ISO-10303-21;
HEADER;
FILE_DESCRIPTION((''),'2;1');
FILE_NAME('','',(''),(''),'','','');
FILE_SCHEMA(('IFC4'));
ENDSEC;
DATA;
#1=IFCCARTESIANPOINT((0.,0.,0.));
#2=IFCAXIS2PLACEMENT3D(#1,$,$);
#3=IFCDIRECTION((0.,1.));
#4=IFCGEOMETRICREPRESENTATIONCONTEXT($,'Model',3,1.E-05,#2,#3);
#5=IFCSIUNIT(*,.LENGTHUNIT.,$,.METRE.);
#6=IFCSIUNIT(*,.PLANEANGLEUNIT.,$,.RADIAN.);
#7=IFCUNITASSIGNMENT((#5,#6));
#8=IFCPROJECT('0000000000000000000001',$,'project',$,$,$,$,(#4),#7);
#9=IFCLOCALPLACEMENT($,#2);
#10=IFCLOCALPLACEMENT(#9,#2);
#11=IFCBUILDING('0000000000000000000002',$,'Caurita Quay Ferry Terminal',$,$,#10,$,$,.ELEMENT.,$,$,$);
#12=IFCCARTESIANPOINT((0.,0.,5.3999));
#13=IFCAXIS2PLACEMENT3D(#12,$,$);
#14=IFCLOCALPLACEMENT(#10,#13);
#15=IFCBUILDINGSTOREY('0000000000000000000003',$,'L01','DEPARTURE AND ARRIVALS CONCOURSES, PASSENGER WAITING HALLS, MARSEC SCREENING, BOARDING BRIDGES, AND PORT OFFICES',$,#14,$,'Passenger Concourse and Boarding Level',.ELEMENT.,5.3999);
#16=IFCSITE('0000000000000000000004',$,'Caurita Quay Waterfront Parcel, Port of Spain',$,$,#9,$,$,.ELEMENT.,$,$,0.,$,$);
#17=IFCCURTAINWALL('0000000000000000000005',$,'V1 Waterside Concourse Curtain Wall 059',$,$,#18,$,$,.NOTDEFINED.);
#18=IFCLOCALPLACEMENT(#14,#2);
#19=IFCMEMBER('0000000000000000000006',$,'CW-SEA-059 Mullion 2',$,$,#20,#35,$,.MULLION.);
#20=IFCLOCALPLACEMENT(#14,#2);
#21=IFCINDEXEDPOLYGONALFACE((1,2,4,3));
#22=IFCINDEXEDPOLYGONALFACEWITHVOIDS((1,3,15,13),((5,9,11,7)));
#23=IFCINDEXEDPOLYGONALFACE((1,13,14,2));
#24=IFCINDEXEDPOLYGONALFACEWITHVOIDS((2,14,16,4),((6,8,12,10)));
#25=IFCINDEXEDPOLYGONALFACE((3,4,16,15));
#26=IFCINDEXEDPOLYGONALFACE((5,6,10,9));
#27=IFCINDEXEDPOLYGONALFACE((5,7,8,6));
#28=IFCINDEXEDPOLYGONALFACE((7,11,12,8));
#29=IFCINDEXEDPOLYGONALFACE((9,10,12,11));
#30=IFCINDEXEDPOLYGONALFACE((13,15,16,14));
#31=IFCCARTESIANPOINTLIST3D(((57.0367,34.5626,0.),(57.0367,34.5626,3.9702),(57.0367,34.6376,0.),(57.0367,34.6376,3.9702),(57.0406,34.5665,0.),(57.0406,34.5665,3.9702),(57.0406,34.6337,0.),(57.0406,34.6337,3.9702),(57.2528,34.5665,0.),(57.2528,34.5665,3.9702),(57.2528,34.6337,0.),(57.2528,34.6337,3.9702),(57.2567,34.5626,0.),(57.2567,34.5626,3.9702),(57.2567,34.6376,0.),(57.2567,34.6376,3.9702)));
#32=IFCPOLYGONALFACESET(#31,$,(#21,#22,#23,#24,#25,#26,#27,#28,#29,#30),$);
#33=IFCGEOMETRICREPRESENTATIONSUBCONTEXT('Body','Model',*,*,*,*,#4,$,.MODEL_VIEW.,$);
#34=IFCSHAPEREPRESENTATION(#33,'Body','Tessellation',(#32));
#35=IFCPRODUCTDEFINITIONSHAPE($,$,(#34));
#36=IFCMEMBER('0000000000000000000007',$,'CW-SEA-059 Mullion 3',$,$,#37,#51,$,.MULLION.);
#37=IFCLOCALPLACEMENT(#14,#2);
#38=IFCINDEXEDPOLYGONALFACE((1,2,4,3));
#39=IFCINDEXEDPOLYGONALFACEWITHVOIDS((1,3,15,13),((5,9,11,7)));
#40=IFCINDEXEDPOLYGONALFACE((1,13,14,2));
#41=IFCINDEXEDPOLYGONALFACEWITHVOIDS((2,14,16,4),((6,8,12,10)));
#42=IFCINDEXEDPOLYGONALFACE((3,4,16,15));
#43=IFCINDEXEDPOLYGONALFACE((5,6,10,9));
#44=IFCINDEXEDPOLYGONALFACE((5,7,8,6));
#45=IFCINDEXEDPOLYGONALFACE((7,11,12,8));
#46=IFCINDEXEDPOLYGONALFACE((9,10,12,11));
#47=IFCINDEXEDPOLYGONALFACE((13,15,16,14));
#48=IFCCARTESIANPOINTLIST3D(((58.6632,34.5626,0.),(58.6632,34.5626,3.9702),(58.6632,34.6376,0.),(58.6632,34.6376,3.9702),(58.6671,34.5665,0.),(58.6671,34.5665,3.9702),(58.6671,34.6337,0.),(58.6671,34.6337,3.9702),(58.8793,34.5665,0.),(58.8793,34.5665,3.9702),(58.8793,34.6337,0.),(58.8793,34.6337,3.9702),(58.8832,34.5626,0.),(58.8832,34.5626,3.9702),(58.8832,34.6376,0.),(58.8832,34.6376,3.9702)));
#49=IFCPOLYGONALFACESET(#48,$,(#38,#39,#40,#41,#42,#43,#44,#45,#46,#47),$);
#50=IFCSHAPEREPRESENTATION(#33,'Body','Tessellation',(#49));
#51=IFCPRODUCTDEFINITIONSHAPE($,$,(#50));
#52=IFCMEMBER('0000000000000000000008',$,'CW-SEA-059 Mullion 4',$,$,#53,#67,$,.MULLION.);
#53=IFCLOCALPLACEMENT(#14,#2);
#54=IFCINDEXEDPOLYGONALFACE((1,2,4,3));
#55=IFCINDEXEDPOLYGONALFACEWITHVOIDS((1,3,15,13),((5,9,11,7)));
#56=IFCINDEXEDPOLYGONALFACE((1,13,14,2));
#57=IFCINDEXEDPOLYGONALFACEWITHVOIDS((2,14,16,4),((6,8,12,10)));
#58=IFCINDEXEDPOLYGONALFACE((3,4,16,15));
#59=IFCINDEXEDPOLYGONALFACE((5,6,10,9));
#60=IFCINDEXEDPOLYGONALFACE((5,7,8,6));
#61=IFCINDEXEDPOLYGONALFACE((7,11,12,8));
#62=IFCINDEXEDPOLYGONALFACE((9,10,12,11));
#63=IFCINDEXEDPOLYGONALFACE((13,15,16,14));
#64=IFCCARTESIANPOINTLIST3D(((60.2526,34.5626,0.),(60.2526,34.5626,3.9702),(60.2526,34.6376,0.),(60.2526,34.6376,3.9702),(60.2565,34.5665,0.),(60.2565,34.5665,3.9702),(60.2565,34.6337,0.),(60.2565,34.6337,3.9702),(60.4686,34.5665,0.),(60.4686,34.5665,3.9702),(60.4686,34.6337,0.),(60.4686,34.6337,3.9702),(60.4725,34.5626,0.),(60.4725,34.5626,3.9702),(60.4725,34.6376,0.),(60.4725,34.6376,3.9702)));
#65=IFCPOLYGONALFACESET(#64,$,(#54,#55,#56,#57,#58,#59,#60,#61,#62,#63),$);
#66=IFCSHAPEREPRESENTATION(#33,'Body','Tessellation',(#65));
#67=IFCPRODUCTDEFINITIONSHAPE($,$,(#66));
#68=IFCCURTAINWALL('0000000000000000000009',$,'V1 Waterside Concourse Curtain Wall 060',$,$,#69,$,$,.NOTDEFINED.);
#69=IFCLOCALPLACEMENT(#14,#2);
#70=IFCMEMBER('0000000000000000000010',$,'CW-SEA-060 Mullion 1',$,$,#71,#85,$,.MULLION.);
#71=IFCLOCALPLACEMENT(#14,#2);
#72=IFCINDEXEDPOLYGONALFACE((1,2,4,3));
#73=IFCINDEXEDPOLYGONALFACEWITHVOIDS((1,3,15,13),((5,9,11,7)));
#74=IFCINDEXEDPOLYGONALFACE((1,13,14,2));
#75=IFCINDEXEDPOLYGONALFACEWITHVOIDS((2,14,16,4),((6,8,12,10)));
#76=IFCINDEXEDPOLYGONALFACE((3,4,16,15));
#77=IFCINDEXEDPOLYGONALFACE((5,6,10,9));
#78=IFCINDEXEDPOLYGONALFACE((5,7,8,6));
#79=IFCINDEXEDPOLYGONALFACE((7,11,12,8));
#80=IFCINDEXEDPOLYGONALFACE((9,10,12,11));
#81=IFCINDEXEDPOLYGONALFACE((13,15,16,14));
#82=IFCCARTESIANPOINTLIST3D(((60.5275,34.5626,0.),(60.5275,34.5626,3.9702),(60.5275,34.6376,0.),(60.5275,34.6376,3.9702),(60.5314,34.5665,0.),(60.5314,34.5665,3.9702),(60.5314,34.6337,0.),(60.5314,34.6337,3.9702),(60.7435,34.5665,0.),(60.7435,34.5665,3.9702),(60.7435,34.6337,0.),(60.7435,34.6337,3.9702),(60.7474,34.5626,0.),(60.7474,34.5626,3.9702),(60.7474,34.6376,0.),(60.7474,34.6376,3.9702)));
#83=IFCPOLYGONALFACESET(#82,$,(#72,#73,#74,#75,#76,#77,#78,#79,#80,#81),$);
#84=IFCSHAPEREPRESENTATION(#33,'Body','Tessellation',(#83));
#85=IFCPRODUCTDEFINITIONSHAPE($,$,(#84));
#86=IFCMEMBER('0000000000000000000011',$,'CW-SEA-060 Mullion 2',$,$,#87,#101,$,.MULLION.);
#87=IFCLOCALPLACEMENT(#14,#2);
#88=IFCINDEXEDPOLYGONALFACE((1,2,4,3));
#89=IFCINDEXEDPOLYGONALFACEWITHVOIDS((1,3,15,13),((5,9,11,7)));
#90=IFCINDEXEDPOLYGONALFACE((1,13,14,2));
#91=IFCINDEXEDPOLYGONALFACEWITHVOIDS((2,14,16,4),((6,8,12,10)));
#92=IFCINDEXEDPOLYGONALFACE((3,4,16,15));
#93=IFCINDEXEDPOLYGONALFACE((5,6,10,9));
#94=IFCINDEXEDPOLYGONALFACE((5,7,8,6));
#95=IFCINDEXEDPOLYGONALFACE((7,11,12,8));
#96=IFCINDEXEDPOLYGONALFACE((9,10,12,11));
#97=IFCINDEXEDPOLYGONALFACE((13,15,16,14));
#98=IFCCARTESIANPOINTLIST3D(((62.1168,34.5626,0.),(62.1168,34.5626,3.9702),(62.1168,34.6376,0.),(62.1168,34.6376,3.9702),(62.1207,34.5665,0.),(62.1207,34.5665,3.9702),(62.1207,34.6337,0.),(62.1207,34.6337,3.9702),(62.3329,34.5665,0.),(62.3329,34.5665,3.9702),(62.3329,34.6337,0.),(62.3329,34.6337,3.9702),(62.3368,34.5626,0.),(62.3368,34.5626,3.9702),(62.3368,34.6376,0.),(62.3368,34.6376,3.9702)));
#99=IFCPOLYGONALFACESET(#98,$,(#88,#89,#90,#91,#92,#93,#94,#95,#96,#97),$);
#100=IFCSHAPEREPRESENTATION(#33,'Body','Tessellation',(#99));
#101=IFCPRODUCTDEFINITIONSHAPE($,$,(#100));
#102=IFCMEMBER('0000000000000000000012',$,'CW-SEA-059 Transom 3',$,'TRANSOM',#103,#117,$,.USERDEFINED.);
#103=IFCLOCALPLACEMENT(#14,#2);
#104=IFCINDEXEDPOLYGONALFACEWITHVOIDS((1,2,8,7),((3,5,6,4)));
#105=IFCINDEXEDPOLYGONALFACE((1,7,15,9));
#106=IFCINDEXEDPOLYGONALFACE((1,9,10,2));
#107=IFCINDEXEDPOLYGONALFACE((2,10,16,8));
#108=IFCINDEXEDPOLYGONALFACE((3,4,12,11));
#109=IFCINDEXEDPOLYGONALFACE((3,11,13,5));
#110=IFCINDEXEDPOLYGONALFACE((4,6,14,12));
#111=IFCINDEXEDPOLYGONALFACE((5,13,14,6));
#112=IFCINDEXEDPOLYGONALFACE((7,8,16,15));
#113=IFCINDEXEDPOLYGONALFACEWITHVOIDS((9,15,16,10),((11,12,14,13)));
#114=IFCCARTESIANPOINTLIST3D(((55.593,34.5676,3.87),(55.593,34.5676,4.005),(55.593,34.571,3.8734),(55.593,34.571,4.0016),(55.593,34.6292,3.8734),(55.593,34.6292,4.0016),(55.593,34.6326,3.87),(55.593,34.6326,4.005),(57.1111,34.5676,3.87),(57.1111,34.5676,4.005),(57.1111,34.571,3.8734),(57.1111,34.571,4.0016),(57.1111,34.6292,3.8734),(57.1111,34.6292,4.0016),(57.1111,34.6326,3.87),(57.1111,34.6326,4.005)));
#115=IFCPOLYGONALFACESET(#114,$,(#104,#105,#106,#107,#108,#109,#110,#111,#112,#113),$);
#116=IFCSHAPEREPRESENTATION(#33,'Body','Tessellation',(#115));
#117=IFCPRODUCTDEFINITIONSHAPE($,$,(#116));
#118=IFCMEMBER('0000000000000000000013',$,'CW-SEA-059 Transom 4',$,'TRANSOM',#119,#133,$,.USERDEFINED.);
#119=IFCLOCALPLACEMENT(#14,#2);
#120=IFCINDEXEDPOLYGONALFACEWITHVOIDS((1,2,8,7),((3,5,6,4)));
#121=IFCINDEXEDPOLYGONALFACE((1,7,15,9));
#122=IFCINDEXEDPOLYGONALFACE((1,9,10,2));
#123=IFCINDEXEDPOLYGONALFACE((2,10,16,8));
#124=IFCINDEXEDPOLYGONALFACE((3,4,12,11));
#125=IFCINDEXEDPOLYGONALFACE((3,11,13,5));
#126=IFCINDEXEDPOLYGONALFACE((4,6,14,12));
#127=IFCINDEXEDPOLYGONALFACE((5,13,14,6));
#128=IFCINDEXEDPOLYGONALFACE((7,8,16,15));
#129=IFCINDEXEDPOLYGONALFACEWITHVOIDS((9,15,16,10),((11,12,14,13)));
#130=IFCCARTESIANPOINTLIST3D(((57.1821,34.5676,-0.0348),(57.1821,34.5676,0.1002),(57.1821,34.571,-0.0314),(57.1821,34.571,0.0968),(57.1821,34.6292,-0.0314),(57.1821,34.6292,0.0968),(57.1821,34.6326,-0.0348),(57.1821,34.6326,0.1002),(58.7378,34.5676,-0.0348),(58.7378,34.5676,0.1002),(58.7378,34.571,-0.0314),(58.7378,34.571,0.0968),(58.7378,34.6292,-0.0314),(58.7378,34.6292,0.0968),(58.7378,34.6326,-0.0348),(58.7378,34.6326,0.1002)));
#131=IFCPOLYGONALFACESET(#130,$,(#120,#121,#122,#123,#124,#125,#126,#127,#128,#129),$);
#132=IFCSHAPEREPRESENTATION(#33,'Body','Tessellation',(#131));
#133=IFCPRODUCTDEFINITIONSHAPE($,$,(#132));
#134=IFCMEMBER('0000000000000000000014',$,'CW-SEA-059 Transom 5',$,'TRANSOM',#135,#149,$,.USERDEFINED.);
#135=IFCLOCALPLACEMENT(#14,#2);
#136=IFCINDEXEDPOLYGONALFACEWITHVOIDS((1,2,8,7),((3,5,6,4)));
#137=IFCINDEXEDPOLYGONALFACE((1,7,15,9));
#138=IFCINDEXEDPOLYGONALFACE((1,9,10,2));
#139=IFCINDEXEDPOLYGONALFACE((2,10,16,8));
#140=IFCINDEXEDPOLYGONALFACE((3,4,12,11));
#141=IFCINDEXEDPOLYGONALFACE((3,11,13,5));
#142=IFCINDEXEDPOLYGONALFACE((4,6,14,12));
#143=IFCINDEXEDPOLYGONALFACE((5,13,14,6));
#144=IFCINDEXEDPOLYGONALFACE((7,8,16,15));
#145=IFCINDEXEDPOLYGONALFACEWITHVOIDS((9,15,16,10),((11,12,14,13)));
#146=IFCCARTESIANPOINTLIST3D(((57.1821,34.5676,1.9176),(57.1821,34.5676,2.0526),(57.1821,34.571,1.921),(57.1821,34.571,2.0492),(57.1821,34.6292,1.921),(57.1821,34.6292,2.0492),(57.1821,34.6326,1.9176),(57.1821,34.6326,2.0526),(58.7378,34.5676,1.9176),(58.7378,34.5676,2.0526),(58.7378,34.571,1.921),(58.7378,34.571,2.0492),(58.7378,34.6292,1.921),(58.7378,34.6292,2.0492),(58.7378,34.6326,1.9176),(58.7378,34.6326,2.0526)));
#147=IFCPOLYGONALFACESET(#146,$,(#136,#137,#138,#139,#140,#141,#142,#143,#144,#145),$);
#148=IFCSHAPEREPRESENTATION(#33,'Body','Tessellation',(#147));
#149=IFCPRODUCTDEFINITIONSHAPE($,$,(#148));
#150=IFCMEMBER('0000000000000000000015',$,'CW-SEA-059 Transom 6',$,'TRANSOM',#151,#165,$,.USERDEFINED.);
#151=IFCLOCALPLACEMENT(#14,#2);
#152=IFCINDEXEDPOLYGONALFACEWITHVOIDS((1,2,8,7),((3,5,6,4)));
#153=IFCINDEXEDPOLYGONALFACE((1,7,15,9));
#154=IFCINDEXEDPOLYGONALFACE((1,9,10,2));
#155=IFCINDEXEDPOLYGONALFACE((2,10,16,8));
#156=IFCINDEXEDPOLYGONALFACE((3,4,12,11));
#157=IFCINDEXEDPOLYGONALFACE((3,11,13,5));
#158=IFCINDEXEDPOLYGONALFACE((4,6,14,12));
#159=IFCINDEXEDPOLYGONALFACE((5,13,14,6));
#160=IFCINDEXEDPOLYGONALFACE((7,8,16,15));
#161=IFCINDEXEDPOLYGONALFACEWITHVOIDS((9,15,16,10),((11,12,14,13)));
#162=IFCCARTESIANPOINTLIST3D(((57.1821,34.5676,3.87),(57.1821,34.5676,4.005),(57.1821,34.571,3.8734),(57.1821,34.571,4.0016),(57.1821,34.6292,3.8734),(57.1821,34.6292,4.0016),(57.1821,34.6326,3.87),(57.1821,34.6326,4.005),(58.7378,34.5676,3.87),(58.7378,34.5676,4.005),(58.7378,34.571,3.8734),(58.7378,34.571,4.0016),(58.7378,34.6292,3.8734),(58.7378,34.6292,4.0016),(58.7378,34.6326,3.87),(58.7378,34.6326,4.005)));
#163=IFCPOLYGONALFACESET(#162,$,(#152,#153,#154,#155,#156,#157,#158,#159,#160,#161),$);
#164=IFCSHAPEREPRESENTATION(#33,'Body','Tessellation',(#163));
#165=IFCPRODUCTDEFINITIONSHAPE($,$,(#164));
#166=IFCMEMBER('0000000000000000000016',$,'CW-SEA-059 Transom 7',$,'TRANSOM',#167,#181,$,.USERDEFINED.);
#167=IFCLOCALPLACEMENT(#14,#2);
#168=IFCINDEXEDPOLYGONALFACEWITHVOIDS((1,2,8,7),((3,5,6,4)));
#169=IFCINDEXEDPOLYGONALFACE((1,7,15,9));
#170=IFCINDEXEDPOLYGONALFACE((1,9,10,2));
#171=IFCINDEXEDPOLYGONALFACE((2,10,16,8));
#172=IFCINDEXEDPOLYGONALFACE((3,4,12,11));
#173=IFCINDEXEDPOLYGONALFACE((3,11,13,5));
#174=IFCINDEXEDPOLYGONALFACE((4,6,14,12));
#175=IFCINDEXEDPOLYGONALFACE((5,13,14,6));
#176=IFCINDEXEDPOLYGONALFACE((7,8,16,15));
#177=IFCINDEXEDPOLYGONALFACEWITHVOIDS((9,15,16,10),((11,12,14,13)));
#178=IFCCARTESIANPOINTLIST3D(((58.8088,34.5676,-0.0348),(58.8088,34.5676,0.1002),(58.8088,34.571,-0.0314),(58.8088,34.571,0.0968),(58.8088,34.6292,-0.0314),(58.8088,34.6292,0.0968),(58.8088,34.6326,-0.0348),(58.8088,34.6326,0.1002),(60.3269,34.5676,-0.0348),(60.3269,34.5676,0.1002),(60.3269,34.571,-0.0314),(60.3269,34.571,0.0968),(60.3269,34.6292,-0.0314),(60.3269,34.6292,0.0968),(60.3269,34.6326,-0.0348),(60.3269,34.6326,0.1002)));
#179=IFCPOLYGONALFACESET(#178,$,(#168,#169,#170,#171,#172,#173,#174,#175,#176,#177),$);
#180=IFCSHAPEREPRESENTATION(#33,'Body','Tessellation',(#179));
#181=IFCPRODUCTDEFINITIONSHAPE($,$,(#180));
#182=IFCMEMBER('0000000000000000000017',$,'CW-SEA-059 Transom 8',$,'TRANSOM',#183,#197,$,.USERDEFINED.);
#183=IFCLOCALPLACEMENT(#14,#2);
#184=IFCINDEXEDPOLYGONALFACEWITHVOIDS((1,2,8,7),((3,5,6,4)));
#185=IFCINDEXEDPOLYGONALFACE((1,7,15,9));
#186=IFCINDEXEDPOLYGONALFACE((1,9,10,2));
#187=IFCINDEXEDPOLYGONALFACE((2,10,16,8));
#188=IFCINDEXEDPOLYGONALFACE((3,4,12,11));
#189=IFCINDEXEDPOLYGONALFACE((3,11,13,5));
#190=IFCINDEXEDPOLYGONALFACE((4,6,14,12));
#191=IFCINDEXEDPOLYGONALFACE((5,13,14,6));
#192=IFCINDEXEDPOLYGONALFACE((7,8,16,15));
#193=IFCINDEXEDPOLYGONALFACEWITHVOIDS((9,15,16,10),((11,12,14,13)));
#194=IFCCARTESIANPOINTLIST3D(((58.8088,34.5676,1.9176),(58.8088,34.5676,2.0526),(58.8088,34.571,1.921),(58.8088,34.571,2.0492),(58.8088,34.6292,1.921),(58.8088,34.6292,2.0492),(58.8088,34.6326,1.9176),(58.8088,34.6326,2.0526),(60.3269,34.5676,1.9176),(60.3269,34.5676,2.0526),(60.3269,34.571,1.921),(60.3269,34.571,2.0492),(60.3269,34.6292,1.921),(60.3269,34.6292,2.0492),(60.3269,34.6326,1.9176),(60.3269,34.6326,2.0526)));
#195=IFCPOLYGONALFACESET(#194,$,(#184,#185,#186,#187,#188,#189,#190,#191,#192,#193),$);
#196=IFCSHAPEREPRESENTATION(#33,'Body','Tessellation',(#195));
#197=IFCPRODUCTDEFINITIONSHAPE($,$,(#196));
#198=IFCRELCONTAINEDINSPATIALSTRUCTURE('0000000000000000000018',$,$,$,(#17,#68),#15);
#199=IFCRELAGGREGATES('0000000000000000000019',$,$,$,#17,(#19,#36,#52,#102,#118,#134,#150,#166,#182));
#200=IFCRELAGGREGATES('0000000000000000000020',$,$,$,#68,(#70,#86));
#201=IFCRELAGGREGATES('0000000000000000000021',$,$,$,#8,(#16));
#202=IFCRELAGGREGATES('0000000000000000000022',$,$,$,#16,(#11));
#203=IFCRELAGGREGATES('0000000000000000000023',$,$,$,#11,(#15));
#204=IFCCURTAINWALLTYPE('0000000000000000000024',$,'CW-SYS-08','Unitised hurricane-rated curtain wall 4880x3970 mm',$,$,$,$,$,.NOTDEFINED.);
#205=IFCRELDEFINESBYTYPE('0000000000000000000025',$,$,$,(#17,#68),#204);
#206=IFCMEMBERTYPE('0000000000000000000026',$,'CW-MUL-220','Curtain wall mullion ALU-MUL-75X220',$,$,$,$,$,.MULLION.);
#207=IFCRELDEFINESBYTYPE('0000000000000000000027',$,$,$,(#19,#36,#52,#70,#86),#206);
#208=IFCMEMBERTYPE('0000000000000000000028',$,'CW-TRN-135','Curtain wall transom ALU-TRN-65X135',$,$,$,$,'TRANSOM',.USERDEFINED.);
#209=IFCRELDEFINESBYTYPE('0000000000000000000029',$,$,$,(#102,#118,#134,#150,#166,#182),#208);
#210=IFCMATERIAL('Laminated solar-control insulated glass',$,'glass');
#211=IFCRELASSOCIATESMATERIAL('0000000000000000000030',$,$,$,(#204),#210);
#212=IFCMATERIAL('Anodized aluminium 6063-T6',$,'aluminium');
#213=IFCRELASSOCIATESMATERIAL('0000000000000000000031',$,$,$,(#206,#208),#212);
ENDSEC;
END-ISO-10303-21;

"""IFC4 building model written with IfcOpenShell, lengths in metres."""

from ifc_helpers import new_model, si_unit, direction, frame, origin, origin_2d, place, context, subcontext, project, spatial, hollow_rectangle, extrude, material, material_profile, profile_set, type_object, element, aggregate, save


model = new_model("IFC4")

# Units and contexts
model_context = context("Model", 3, precision=1e-05, world=origin(), true_north=direction((0.0, 1.0)))
body_context = subcontext(model_context, "Body", "Model", "MODEL_VIEW")
ifc_project = project(units=[si_unit("LENGTHUNIT", "METRE"), si_unit("PLANEANGLEUNIT", "RADIAN")], contexts=[model_context])

# Site, building, storey
site_placement = place(None, origin())
site = spatial("IfcSite", under=ifc_project, at=site_placement, Name="Caurita Quay Waterfront Parcel, Port of Spain", CompositionType="ELEMENT", RefElevation=0.0)
building_placement = place(site_placement, origin())
building = spatial("IfcBuilding", under=site, at=building_placement, Name="Caurita Quay Ferry Terminal", CompositionType="ELEMENT")
storey_placement = place(building_placement, frame((0.0, 0.0, 5.3999)))
storey = spatial("IfcBuildingStorey", under=building, at=storey_placement, Name="L01", Description="DEPARTURE AND ARRIVALS CONCOURSES, PASSENGER WAITING HALLS, MARSEC SCREENING, BOARDING BRIDGES, AND PORT OFFICES", LongName="Passenger Concourse and Boarding Level", CompositionType="ELEMENT", Elevation=5.3999)

# Curtain walls, members
ifc_material_1 = material(Name="Laminated solar-control insulated glass", Category="glass")
curtain_wall_type = type_object("IfcCurtainWallType", Name="CW-SYS-08", Description="Unitised hurricane-rated curtain wall 4880x3970 mm", PredefinedType="NOTDEFINED", material=ifc_material_1)
curtain_wall_1_placement = place(storey_placement, origin())
curtain_wall_1 = element("IfcCurtainWall", 1, at=curtain_wall_1_placement, inside=storey, type_object=curtain_wall_type, Name="V1 Waterside Concourse Curtain Wall 059", PredefinedType="NOTDEFINED")
ifc_material_2 = material(Name="Anodized aluminium 6063-T6", Category="aluminium")
ifc_material_profile_1 = material_profile(ifc_material_2, hollow_rectangle(XDim=0.075, YDim=0.22, WallThickness=0.0039, at=origin_2d()), Name="ALU-MUL-75X220")
ifc_profile_set_1 = profile_set([ifc_material_profile_1], Name="Anodized aluminium 6063-T6")
member_type_1 = type_object("IfcMemberType", Name="CW-MUL-220", Description="Curtain wall mullion ALU-MUL-75X220", PredefinedType="MULLION", material=ifc_profile_set_1)
member_1_placement = place(storey_placement, frame((57.1467, 34.6001, 0.0), z_axis=(0.0, 0.0, 1.0), x_axis=(0.0, 1.0, 0.0)))
member_1 = element("IfcMember", 2, at=member_1_placement, type_object=member_type_1, Name="CW-SEA-059 Mullion 2", PredefinedType="MULLION", context=body_context, shape_type="SweptSolid", body=[
    extrude(hollow_rectangle(XDim=0.075, YDim=0.22, WallThickness=0.0039, at=origin_2d()), origin(), (0.0, 0.0, 1.0), 3.9702),
])
member_2_placement = place(storey_placement, frame((58.7732, 34.6001, 0.0), z_axis=(0.0, 0.0, 1.0), x_axis=(0.0, 1.0, 0.0)))
member_2 = element("IfcMember", 3, at=member_2_placement, type_object=member_type_1, Name="CW-SEA-059 Mullion 3", PredefinedType="MULLION", context=body_context, shape_type="SweptSolid", body=[
    extrude(hollow_rectangle(XDim=0.075, YDim=0.22, WallThickness=0.0039, at=origin_2d()), origin(), (0.0, 0.0, 1.0), 3.9702),
])
member_3_placement = place(storey_placement, frame((60.3625, 34.6001, 0.0), z_axis=(0.0, 0.0, 1.0), x_axis=(0.0, 1.0, 0.0)))
member_3 = element("IfcMember", 4, at=member_3_placement, type_object=member_type_1, Name="CW-SEA-059 Mullion 4", PredefinedType="MULLION", context=body_context, shape_type="SweptSolid", body=[
    extrude(hollow_rectangle(XDim=0.075, YDim=0.22, WallThickness=0.0039, at=origin_2d()), origin(), (0.0, 0.0, 1.0), 3.9702),
])
curtain_wall_2_placement = place(storey_placement, origin())
curtain_wall_2 = element("IfcCurtainWall", 5, at=curtain_wall_2_placement, inside=storey, type_object=curtain_wall_type, Name="V1 Waterside Concourse Curtain Wall 060", PredefinedType="NOTDEFINED")
member_4_placement = place(storey_placement, frame((60.6375, 34.6001, 0.0), z_axis=(0.0, 0.0, 1.0), x_axis=(0.0, 1.0, 0.0)))
member_4 = element("IfcMember", 6, at=member_4_placement, type_object=member_type_1, Name="CW-SEA-060 Mullion 1", PredefinedType="MULLION", context=body_context, shape_type="SweptSolid", body=[
    extrude(hollow_rectangle(XDim=0.075, YDim=0.22, WallThickness=0.0039, at=origin_2d()), origin(), (0.0, 0.0, 1.0), 3.9702),
])
member_5_placement = place(storey_placement, frame((62.2268, 34.6001, 0.0), z_axis=(0.0, 0.0, 1.0), x_axis=(0.0, 1.0, 0.0)))
member_5 = element("IfcMember", 7, at=member_5_placement, type_object=member_type_1, Name="CW-SEA-060 Mullion 2", PredefinedType="MULLION", context=body_context, shape_type="SweptSolid", body=[
    extrude(hollow_rectangle(XDim=0.075, YDim=0.22, WallThickness=0.0039, at=origin_2d()), origin(), (0.0, 0.0, 1.0), 3.9702),
])

# Members
ifc_material_profile_2 = material_profile(ifc_material_2, hollow_rectangle(XDim=0.0649, YDim=0.135, WallThickness=0.0034, at=origin_2d()), Name="ALU-TRN-65X135")
ifc_profile_set_2 = profile_set([ifc_material_profile_2], Name="Anodized aluminium 6063-T6")
member_type_2 = type_object("IfcMemberType", Name="CW-TRN-135", Description="Curtain wall transom ALU-TRN-65X135", ElementType="TRANSOM", PredefinedType="USERDEFINED", material=ifc_profile_set_2)
member_6_placement = place(storey_placement, frame((55.593, 34.6001, 3.9375), z_axis=(1.0, 0.0, 0.0), x_axis=(0.0, 1.0, 0.0)))
member_6 = element("IfcMember", 8, at=member_6_placement, type_object=member_type_2, Name="CW-SEA-059 Transom 3", ObjectType="TRANSOM", PredefinedType="USERDEFINED", context=body_context, shape_type="SweptSolid", body=[
    extrude(hollow_rectangle(XDim=0.0649, YDim=0.135, WallThickness=0.0034, at=origin_2d()), origin(), (0.0, 0.0, 1.0), 1.5181),
])
member_7_placement = place(storey_placement, frame((57.1821, 34.6001, 0.0327), z_axis=(1.0, 0.0, 0.0), x_axis=(0.0, 1.0, 0.0)))
member_7 = element("IfcMember", 9, at=member_7_placement, type_object=member_type_2, Name="CW-SEA-059 Transom 4", ObjectType="TRANSOM", PredefinedType="USERDEFINED", context=body_context, shape_type="SweptSolid", body=[
    extrude(hollow_rectangle(XDim=0.0649, YDim=0.135, WallThickness=0.0034, at=origin_2d()), origin(), (0.0, 0.0, 1.0), 1.5557),
])
member_8_placement = place(storey_placement, frame((57.1821, 34.6001, 1.9851), z_axis=(1.0, 0.0, 0.0), x_axis=(0.0, 1.0, 0.0)))
member_8 = element("IfcMember", 10, at=member_8_placement, type_object=member_type_2, Name="CW-SEA-059 Transom 5", ObjectType="TRANSOM", PredefinedType="USERDEFINED", context=body_context, shape_type="SweptSolid", body=[
    extrude(hollow_rectangle(XDim=0.0649, YDim=0.135, WallThickness=0.0034, at=origin_2d()), origin(), (0.0, 0.0, 1.0), 1.5557),
])
member_9_placement = place(storey_placement, frame((57.1821, 34.6001, 3.9375), z_axis=(1.0, 0.0, 0.0), x_axis=(0.0, 1.0, 0.0)))
member_9 = element("IfcMember", 11, at=member_9_placement, type_object=member_type_2, Name="CW-SEA-059 Transom 6", ObjectType="TRANSOM", PredefinedType="USERDEFINED", context=body_context, shape_type="SweptSolid", body=[
    extrude(hollow_rectangle(XDim=0.0649, YDim=0.135, WallThickness=0.0034, at=origin_2d()), origin(), (0.0, 0.0, 1.0), 1.5557),
])
member_10_placement = place(storey_placement, frame((58.8088, 34.6001, 0.0327), z_axis=(1.0, 0.0, 0.0), x_axis=(0.0, 1.0, 0.0)))
member_10 = element("IfcMember", 12, at=member_10_placement, type_object=member_type_2, Name="CW-SEA-059 Transom 7", ObjectType="TRANSOM", PredefinedType="USERDEFINED", context=body_context, shape_type="SweptSolid", body=[
    extrude(hollow_rectangle(XDim=0.0649, YDim=0.135, WallThickness=0.0034, at=origin_2d()), origin(), (0.0, 0.0, 1.0), 1.5181),
])
member_11_placement = place(storey_placement, frame((58.8088, 34.6001, 1.9851), z_axis=(1.0, 0.0, 0.0), x_axis=(0.0, 1.0, 0.0)))
member_11 = element("IfcMember", 13, at=member_11_placement, type_object=member_type_2, Name="CW-SEA-059 Transom 8", ObjectType="TRANSOM", PredefinedType="USERDEFINED", context=body_context, shape_type="SweptSolid", body=[
    extrude(hollow_rectangle(XDim=0.0649, YDim=0.135, WallThickness=0.0034, at=origin_2d()), origin(), (0.0, 0.0, 1.0), 1.5181),
])

aggregate(curtain_wall_1, [member_1, member_2, member_3, member_6, member_7, member_8, member_9, member_10, member_11])
aggregate(curtain_wall_2, [member_4, member_5])

save(model, "model.ifc")
